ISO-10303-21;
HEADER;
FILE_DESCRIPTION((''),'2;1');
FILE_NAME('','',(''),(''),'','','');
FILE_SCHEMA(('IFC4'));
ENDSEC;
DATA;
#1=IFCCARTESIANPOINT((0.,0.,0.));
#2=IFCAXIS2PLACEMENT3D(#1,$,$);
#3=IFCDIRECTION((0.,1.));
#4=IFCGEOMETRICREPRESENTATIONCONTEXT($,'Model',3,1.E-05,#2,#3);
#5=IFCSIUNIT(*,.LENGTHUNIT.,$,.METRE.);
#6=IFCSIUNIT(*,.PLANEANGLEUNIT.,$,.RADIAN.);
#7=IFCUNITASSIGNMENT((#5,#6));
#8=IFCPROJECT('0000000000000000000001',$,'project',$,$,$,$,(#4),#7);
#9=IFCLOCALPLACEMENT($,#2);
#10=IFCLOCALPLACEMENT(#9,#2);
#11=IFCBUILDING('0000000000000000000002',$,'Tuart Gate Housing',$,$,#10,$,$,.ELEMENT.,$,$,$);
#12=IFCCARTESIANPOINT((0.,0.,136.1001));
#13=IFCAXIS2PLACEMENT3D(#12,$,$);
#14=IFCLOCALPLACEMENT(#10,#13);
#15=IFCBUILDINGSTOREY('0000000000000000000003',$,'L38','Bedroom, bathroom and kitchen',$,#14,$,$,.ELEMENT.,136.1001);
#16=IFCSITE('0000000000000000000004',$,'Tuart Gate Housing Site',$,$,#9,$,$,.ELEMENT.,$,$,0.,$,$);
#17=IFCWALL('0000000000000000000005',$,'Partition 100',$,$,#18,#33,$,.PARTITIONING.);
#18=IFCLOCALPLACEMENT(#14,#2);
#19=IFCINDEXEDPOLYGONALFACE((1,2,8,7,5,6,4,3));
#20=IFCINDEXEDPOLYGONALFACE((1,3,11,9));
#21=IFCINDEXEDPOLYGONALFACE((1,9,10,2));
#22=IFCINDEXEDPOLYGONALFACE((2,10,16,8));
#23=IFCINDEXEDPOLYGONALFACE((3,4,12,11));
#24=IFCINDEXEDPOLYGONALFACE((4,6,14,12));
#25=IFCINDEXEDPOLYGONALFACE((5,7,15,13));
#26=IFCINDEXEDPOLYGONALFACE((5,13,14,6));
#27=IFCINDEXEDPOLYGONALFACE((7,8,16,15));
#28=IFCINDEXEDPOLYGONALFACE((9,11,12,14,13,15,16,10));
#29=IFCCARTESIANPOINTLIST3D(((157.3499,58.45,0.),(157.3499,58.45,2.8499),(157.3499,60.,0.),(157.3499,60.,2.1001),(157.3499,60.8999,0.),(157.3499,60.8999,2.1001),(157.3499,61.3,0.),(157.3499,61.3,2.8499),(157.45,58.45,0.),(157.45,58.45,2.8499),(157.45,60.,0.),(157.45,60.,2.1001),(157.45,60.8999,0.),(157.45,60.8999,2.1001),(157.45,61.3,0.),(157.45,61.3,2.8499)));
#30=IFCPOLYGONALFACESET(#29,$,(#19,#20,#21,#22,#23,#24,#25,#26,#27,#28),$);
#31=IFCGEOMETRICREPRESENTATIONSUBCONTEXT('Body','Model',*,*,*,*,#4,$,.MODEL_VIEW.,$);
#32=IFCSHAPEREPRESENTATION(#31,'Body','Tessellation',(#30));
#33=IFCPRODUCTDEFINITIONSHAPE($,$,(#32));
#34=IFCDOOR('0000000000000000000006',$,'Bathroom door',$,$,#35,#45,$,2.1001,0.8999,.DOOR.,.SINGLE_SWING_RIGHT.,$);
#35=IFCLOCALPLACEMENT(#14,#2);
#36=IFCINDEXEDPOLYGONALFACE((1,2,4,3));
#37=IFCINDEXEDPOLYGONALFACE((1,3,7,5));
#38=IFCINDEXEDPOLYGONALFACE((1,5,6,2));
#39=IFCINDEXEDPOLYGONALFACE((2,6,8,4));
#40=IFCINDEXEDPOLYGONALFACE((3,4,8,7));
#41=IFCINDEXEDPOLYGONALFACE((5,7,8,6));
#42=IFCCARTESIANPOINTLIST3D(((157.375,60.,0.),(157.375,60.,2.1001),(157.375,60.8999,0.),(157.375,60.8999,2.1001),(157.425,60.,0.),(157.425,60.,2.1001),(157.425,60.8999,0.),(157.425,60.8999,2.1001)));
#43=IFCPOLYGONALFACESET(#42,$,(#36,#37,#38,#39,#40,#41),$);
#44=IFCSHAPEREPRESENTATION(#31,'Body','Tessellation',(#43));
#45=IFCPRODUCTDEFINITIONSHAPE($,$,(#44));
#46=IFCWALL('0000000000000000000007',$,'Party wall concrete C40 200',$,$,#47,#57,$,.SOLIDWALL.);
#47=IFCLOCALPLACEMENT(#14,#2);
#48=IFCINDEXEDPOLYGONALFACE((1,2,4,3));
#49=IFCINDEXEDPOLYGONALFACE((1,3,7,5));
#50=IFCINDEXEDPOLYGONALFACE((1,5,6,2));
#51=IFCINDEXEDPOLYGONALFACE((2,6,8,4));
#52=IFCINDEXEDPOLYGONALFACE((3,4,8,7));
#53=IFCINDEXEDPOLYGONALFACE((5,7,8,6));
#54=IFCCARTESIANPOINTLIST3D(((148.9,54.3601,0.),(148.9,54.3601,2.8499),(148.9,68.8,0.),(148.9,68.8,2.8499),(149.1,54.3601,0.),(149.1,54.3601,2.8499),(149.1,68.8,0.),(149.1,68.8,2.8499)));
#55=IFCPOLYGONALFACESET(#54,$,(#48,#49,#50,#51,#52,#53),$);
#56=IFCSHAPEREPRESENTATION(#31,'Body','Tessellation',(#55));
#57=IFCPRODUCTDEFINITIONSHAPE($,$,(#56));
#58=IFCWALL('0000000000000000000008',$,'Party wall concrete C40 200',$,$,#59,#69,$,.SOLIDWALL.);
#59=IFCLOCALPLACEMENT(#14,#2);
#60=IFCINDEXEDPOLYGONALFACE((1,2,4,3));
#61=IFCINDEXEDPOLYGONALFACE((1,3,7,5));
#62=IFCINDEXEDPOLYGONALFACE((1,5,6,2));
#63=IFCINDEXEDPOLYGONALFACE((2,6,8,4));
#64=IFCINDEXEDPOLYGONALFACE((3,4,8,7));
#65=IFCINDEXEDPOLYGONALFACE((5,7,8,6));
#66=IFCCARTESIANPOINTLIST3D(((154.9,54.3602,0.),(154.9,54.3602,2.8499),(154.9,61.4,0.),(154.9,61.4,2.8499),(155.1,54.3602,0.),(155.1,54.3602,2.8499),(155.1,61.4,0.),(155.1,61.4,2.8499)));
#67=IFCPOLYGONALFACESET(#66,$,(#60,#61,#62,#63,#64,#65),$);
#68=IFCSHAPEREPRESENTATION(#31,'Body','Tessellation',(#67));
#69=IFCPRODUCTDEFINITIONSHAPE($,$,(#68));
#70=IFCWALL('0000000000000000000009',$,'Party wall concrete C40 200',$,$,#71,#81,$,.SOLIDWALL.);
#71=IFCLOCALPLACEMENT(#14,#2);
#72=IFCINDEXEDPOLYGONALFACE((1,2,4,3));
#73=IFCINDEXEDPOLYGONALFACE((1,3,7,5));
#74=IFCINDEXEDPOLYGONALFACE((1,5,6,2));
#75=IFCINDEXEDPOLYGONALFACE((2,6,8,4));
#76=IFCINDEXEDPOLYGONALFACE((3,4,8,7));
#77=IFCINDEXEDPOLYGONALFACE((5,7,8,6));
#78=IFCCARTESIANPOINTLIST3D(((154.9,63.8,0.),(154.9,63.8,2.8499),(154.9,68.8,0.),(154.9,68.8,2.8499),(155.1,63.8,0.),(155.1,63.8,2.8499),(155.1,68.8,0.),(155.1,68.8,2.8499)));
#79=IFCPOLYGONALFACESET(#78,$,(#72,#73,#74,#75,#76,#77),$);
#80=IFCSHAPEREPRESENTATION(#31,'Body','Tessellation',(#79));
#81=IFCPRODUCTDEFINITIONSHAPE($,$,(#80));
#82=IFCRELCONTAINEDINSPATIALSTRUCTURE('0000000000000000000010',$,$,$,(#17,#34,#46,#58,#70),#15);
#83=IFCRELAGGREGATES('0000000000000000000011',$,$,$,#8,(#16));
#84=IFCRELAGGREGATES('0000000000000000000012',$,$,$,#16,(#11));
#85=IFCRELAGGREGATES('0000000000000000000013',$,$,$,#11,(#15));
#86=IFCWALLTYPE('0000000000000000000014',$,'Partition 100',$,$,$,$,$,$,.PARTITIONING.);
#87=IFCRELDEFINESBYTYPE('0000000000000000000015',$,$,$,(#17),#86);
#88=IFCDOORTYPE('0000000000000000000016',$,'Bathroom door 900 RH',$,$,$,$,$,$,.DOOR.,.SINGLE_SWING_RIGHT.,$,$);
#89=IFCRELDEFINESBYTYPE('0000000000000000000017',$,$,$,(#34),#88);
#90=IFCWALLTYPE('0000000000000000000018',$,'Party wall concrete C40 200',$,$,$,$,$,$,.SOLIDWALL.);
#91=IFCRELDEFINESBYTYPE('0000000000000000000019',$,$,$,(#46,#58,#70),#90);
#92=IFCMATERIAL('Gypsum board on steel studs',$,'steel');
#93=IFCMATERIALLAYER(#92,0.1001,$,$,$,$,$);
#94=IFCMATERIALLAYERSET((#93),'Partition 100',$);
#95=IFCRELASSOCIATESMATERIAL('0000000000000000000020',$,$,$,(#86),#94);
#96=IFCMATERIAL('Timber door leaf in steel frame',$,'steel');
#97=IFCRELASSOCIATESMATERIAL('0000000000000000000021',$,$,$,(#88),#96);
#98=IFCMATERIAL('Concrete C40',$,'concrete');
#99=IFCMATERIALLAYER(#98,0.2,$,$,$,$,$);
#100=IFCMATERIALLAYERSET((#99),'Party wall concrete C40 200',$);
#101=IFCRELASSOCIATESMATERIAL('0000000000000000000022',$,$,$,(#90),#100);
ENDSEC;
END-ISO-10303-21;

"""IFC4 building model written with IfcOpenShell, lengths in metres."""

from ifc_helpers import new_model, si_unit, direction, frame, frame_2d, origin, place, context, subcontext, project, spatial, rectangle, extrude, material, layer, layer_set, type_object, element, fill, save


model = new_model("IFC4")

# Units and contexts
model_context = context("Model", 3, precision=1e-05, world=origin(), true_north=direction((0.0, 1.0)))
body_context = subcontext(model_context, "Body", "Model", "MODEL_VIEW")
ifc_project = project(units=[si_unit("LENGTHUNIT", "METRE"), si_unit("PLANEANGLEUNIT", "RADIAN")], contexts=[model_context])

# Site, building, storey
site_placement = place(None, origin())
site = spatial("IfcSite", under=ifc_project, at=site_placement, Name="Tuart Gate Housing Site", CompositionType="ELEMENT", RefElevation=0.0)
building_placement = place(site_placement, origin())
building = spatial("IfcBuilding", under=site, at=building_placement, Name="Tuart Gate Housing", CompositionType="ELEMENT")
storey_placement = place(building_placement, frame((0.0, 0.0, 136.1001)))
storey = spatial("IfcBuildingStorey", under=building, at=storey_placement, Name="L38", Description="Bedroom, bathroom and kitchen", CompositionType="ELEMENT", Elevation=136.1001)

# Shared definitions
ifc_material_1 = material(Name="Gypsum board on steel studs", Category="steel")
ifc_layer_1 = layer(ifc_material_1, 0.1001)
ifc_layer_set_1 = layer_set([ifc_layer_1], Name="Partition 100")
wall_type_1 = type_object("IfcWallType", Name="Partition 100", PredefinedType="PARTITIONING", material=ifc_layer_set_1)

# Shared definitions
ifc_material_2 = material(Name="Timber door leaf in steel frame", Category="steel")
door_type_1 = type_object("IfcDoorType", Name="Bathroom door 900 RH", OperationType="SINGLE_SWING_RIGHT", PredefinedType="DOOR", material=ifc_material_2)

# Wall, opening, door
wall_1_placement = place(storey_placement, frame((157.3999, 58.45, 0.0), z_axis=(0.0, 0.0, 1.0), x_axis=(0.0, 1.0, 0.0)))
wall_1 = element("IfcWall", 1, at=wall_1_placement, inside=storey, type_object=wall_type_1, Name="Partition 100", PredefinedType="PARTITIONING", context=body_context, shape_type="SweptSolid", body=[
    extrude(rectangle(XDim=2.8501, YDim=0.1001, at=frame_2d((1.425, 0.0))), origin(), (0.0, 0.0, 1.0), 2.8499),
])
opening_1_placement = place(wall_1_placement, frame((1.55, 0.0, 0.0)))
opening_1 = element("IfcOpeningElement", 2, at=opening_1_placement, cuts=wall_1, PredefinedType="OPENING", context=body_context, shape_type="SweptSolid", body=[
    extrude(rectangle(XDim=0.8999, YDim=2.1001, at=frame_2d((0.45, 1.05))), frame((0.0, 0.0601, 0.0), z_axis=(0.0, -1.0, 0.0), x_axis=(1.0, 0.0, 0.0)), (0.0, 0.0, 1.0), 0.1201),
])
door_1_placement = place(opening_1_placement, origin())
door_1 = element("IfcDoor", 3, at=door_1_placement, inside=storey, type_object=door_type_1, Name="Bathroom door", OperationType="SINGLE_SWING_RIGHT", OverallHeight=2.1001, OverallWidth=0.8999, PredefinedType="DOOR", context=body_context, shape_type="SweptSolid", body=[
    extrude(rectangle(XDim=0.8999, YDim=2.1001, at=frame_2d((0.45, 1.05))), frame((0.0, 0.0249, 0.0), z_axis=(0.0, -1.0, 0.0), x_axis=(1.0, 0.0, 0.0)), (0.0, 0.0, 1.0), 0.05),
])
fill(opening_1, door_1)

# Walls
ifc_material_3 = material(Name="Concrete C40", Category="concrete")
ifc_layer_2 = layer(ifc_material_3, 0.2)
ifc_layer_set_2 = layer_set([ifc_layer_2], Name="Party wall concrete C40 200")
wall_type_2 = type_object("IfcWallType", Name="Party wall concrete C40 200", PredefinedType="SOLIDWALL", material=ifc_layer_set_2)
wall_2_placement = place(storey_placement, frame((149.0, 54.3601, 0.0), z_axis=(0.0, 0.0, 1.0), x_axis=(0.0, 1.0, 0.0)))
element("IfcWall", 4, at=wall_2_placement, inside=storey, type_object=wall_type_2, Name="Party wall concrete C40 200", PredefinedType="SOLIDWALL", context=body_context, shape_type="SweptSolid", body=[
    extrude(rectangle(XDim=14.4399, YDim=0.2, at=frame_2d((7.22, 0.0))), origin(), (0.0, 0.0, 1.0), 2.8499),
])
wall_3_placement = place(storey_placement, frame((155.0, 54.3601, 0.0), z_axis=(0.0, 0.0, 1.0), x_axis=(0.0, 1.0, 0.0)))
element("IfcWall", 5, at=wall_3_placement, inside=storey, type_object=wall_type_2, Name="Party wall concrete C40 200", PredefinedType="SOLIDWALL", context=body_context, shape_type="SweptSolid", body=[
    extrude(rectangle(XDim=7.0398, YDim=0.2, at=frame_2d((3.52, 0.0))), origin(), (0.0, 0.0, 1.0), 2.8499),
])
wall_4_placement = place(storey_placement, frame((155.0, 63.8, 0.0), z_axis=(0.0, 0.0, 1.0), x_axis=(0.0, 1.0, 0.0)))
element("IfcWall", 6, at=wall_4_placement, inside=storey, type_object=wall_type_2, Name="Party wall concrete C40 200", PredefinedType="SOLIDWALL", context=body_context, shape_type="SweptSolid", body=[
    extrude(rectangle(XDim=5.0, YDim=0.2, at=frame_2d((2.5, 0.0))), origin(), (0.0, 0.0, 1.0), 2.8499),
])

save(model, "model.ifc")
